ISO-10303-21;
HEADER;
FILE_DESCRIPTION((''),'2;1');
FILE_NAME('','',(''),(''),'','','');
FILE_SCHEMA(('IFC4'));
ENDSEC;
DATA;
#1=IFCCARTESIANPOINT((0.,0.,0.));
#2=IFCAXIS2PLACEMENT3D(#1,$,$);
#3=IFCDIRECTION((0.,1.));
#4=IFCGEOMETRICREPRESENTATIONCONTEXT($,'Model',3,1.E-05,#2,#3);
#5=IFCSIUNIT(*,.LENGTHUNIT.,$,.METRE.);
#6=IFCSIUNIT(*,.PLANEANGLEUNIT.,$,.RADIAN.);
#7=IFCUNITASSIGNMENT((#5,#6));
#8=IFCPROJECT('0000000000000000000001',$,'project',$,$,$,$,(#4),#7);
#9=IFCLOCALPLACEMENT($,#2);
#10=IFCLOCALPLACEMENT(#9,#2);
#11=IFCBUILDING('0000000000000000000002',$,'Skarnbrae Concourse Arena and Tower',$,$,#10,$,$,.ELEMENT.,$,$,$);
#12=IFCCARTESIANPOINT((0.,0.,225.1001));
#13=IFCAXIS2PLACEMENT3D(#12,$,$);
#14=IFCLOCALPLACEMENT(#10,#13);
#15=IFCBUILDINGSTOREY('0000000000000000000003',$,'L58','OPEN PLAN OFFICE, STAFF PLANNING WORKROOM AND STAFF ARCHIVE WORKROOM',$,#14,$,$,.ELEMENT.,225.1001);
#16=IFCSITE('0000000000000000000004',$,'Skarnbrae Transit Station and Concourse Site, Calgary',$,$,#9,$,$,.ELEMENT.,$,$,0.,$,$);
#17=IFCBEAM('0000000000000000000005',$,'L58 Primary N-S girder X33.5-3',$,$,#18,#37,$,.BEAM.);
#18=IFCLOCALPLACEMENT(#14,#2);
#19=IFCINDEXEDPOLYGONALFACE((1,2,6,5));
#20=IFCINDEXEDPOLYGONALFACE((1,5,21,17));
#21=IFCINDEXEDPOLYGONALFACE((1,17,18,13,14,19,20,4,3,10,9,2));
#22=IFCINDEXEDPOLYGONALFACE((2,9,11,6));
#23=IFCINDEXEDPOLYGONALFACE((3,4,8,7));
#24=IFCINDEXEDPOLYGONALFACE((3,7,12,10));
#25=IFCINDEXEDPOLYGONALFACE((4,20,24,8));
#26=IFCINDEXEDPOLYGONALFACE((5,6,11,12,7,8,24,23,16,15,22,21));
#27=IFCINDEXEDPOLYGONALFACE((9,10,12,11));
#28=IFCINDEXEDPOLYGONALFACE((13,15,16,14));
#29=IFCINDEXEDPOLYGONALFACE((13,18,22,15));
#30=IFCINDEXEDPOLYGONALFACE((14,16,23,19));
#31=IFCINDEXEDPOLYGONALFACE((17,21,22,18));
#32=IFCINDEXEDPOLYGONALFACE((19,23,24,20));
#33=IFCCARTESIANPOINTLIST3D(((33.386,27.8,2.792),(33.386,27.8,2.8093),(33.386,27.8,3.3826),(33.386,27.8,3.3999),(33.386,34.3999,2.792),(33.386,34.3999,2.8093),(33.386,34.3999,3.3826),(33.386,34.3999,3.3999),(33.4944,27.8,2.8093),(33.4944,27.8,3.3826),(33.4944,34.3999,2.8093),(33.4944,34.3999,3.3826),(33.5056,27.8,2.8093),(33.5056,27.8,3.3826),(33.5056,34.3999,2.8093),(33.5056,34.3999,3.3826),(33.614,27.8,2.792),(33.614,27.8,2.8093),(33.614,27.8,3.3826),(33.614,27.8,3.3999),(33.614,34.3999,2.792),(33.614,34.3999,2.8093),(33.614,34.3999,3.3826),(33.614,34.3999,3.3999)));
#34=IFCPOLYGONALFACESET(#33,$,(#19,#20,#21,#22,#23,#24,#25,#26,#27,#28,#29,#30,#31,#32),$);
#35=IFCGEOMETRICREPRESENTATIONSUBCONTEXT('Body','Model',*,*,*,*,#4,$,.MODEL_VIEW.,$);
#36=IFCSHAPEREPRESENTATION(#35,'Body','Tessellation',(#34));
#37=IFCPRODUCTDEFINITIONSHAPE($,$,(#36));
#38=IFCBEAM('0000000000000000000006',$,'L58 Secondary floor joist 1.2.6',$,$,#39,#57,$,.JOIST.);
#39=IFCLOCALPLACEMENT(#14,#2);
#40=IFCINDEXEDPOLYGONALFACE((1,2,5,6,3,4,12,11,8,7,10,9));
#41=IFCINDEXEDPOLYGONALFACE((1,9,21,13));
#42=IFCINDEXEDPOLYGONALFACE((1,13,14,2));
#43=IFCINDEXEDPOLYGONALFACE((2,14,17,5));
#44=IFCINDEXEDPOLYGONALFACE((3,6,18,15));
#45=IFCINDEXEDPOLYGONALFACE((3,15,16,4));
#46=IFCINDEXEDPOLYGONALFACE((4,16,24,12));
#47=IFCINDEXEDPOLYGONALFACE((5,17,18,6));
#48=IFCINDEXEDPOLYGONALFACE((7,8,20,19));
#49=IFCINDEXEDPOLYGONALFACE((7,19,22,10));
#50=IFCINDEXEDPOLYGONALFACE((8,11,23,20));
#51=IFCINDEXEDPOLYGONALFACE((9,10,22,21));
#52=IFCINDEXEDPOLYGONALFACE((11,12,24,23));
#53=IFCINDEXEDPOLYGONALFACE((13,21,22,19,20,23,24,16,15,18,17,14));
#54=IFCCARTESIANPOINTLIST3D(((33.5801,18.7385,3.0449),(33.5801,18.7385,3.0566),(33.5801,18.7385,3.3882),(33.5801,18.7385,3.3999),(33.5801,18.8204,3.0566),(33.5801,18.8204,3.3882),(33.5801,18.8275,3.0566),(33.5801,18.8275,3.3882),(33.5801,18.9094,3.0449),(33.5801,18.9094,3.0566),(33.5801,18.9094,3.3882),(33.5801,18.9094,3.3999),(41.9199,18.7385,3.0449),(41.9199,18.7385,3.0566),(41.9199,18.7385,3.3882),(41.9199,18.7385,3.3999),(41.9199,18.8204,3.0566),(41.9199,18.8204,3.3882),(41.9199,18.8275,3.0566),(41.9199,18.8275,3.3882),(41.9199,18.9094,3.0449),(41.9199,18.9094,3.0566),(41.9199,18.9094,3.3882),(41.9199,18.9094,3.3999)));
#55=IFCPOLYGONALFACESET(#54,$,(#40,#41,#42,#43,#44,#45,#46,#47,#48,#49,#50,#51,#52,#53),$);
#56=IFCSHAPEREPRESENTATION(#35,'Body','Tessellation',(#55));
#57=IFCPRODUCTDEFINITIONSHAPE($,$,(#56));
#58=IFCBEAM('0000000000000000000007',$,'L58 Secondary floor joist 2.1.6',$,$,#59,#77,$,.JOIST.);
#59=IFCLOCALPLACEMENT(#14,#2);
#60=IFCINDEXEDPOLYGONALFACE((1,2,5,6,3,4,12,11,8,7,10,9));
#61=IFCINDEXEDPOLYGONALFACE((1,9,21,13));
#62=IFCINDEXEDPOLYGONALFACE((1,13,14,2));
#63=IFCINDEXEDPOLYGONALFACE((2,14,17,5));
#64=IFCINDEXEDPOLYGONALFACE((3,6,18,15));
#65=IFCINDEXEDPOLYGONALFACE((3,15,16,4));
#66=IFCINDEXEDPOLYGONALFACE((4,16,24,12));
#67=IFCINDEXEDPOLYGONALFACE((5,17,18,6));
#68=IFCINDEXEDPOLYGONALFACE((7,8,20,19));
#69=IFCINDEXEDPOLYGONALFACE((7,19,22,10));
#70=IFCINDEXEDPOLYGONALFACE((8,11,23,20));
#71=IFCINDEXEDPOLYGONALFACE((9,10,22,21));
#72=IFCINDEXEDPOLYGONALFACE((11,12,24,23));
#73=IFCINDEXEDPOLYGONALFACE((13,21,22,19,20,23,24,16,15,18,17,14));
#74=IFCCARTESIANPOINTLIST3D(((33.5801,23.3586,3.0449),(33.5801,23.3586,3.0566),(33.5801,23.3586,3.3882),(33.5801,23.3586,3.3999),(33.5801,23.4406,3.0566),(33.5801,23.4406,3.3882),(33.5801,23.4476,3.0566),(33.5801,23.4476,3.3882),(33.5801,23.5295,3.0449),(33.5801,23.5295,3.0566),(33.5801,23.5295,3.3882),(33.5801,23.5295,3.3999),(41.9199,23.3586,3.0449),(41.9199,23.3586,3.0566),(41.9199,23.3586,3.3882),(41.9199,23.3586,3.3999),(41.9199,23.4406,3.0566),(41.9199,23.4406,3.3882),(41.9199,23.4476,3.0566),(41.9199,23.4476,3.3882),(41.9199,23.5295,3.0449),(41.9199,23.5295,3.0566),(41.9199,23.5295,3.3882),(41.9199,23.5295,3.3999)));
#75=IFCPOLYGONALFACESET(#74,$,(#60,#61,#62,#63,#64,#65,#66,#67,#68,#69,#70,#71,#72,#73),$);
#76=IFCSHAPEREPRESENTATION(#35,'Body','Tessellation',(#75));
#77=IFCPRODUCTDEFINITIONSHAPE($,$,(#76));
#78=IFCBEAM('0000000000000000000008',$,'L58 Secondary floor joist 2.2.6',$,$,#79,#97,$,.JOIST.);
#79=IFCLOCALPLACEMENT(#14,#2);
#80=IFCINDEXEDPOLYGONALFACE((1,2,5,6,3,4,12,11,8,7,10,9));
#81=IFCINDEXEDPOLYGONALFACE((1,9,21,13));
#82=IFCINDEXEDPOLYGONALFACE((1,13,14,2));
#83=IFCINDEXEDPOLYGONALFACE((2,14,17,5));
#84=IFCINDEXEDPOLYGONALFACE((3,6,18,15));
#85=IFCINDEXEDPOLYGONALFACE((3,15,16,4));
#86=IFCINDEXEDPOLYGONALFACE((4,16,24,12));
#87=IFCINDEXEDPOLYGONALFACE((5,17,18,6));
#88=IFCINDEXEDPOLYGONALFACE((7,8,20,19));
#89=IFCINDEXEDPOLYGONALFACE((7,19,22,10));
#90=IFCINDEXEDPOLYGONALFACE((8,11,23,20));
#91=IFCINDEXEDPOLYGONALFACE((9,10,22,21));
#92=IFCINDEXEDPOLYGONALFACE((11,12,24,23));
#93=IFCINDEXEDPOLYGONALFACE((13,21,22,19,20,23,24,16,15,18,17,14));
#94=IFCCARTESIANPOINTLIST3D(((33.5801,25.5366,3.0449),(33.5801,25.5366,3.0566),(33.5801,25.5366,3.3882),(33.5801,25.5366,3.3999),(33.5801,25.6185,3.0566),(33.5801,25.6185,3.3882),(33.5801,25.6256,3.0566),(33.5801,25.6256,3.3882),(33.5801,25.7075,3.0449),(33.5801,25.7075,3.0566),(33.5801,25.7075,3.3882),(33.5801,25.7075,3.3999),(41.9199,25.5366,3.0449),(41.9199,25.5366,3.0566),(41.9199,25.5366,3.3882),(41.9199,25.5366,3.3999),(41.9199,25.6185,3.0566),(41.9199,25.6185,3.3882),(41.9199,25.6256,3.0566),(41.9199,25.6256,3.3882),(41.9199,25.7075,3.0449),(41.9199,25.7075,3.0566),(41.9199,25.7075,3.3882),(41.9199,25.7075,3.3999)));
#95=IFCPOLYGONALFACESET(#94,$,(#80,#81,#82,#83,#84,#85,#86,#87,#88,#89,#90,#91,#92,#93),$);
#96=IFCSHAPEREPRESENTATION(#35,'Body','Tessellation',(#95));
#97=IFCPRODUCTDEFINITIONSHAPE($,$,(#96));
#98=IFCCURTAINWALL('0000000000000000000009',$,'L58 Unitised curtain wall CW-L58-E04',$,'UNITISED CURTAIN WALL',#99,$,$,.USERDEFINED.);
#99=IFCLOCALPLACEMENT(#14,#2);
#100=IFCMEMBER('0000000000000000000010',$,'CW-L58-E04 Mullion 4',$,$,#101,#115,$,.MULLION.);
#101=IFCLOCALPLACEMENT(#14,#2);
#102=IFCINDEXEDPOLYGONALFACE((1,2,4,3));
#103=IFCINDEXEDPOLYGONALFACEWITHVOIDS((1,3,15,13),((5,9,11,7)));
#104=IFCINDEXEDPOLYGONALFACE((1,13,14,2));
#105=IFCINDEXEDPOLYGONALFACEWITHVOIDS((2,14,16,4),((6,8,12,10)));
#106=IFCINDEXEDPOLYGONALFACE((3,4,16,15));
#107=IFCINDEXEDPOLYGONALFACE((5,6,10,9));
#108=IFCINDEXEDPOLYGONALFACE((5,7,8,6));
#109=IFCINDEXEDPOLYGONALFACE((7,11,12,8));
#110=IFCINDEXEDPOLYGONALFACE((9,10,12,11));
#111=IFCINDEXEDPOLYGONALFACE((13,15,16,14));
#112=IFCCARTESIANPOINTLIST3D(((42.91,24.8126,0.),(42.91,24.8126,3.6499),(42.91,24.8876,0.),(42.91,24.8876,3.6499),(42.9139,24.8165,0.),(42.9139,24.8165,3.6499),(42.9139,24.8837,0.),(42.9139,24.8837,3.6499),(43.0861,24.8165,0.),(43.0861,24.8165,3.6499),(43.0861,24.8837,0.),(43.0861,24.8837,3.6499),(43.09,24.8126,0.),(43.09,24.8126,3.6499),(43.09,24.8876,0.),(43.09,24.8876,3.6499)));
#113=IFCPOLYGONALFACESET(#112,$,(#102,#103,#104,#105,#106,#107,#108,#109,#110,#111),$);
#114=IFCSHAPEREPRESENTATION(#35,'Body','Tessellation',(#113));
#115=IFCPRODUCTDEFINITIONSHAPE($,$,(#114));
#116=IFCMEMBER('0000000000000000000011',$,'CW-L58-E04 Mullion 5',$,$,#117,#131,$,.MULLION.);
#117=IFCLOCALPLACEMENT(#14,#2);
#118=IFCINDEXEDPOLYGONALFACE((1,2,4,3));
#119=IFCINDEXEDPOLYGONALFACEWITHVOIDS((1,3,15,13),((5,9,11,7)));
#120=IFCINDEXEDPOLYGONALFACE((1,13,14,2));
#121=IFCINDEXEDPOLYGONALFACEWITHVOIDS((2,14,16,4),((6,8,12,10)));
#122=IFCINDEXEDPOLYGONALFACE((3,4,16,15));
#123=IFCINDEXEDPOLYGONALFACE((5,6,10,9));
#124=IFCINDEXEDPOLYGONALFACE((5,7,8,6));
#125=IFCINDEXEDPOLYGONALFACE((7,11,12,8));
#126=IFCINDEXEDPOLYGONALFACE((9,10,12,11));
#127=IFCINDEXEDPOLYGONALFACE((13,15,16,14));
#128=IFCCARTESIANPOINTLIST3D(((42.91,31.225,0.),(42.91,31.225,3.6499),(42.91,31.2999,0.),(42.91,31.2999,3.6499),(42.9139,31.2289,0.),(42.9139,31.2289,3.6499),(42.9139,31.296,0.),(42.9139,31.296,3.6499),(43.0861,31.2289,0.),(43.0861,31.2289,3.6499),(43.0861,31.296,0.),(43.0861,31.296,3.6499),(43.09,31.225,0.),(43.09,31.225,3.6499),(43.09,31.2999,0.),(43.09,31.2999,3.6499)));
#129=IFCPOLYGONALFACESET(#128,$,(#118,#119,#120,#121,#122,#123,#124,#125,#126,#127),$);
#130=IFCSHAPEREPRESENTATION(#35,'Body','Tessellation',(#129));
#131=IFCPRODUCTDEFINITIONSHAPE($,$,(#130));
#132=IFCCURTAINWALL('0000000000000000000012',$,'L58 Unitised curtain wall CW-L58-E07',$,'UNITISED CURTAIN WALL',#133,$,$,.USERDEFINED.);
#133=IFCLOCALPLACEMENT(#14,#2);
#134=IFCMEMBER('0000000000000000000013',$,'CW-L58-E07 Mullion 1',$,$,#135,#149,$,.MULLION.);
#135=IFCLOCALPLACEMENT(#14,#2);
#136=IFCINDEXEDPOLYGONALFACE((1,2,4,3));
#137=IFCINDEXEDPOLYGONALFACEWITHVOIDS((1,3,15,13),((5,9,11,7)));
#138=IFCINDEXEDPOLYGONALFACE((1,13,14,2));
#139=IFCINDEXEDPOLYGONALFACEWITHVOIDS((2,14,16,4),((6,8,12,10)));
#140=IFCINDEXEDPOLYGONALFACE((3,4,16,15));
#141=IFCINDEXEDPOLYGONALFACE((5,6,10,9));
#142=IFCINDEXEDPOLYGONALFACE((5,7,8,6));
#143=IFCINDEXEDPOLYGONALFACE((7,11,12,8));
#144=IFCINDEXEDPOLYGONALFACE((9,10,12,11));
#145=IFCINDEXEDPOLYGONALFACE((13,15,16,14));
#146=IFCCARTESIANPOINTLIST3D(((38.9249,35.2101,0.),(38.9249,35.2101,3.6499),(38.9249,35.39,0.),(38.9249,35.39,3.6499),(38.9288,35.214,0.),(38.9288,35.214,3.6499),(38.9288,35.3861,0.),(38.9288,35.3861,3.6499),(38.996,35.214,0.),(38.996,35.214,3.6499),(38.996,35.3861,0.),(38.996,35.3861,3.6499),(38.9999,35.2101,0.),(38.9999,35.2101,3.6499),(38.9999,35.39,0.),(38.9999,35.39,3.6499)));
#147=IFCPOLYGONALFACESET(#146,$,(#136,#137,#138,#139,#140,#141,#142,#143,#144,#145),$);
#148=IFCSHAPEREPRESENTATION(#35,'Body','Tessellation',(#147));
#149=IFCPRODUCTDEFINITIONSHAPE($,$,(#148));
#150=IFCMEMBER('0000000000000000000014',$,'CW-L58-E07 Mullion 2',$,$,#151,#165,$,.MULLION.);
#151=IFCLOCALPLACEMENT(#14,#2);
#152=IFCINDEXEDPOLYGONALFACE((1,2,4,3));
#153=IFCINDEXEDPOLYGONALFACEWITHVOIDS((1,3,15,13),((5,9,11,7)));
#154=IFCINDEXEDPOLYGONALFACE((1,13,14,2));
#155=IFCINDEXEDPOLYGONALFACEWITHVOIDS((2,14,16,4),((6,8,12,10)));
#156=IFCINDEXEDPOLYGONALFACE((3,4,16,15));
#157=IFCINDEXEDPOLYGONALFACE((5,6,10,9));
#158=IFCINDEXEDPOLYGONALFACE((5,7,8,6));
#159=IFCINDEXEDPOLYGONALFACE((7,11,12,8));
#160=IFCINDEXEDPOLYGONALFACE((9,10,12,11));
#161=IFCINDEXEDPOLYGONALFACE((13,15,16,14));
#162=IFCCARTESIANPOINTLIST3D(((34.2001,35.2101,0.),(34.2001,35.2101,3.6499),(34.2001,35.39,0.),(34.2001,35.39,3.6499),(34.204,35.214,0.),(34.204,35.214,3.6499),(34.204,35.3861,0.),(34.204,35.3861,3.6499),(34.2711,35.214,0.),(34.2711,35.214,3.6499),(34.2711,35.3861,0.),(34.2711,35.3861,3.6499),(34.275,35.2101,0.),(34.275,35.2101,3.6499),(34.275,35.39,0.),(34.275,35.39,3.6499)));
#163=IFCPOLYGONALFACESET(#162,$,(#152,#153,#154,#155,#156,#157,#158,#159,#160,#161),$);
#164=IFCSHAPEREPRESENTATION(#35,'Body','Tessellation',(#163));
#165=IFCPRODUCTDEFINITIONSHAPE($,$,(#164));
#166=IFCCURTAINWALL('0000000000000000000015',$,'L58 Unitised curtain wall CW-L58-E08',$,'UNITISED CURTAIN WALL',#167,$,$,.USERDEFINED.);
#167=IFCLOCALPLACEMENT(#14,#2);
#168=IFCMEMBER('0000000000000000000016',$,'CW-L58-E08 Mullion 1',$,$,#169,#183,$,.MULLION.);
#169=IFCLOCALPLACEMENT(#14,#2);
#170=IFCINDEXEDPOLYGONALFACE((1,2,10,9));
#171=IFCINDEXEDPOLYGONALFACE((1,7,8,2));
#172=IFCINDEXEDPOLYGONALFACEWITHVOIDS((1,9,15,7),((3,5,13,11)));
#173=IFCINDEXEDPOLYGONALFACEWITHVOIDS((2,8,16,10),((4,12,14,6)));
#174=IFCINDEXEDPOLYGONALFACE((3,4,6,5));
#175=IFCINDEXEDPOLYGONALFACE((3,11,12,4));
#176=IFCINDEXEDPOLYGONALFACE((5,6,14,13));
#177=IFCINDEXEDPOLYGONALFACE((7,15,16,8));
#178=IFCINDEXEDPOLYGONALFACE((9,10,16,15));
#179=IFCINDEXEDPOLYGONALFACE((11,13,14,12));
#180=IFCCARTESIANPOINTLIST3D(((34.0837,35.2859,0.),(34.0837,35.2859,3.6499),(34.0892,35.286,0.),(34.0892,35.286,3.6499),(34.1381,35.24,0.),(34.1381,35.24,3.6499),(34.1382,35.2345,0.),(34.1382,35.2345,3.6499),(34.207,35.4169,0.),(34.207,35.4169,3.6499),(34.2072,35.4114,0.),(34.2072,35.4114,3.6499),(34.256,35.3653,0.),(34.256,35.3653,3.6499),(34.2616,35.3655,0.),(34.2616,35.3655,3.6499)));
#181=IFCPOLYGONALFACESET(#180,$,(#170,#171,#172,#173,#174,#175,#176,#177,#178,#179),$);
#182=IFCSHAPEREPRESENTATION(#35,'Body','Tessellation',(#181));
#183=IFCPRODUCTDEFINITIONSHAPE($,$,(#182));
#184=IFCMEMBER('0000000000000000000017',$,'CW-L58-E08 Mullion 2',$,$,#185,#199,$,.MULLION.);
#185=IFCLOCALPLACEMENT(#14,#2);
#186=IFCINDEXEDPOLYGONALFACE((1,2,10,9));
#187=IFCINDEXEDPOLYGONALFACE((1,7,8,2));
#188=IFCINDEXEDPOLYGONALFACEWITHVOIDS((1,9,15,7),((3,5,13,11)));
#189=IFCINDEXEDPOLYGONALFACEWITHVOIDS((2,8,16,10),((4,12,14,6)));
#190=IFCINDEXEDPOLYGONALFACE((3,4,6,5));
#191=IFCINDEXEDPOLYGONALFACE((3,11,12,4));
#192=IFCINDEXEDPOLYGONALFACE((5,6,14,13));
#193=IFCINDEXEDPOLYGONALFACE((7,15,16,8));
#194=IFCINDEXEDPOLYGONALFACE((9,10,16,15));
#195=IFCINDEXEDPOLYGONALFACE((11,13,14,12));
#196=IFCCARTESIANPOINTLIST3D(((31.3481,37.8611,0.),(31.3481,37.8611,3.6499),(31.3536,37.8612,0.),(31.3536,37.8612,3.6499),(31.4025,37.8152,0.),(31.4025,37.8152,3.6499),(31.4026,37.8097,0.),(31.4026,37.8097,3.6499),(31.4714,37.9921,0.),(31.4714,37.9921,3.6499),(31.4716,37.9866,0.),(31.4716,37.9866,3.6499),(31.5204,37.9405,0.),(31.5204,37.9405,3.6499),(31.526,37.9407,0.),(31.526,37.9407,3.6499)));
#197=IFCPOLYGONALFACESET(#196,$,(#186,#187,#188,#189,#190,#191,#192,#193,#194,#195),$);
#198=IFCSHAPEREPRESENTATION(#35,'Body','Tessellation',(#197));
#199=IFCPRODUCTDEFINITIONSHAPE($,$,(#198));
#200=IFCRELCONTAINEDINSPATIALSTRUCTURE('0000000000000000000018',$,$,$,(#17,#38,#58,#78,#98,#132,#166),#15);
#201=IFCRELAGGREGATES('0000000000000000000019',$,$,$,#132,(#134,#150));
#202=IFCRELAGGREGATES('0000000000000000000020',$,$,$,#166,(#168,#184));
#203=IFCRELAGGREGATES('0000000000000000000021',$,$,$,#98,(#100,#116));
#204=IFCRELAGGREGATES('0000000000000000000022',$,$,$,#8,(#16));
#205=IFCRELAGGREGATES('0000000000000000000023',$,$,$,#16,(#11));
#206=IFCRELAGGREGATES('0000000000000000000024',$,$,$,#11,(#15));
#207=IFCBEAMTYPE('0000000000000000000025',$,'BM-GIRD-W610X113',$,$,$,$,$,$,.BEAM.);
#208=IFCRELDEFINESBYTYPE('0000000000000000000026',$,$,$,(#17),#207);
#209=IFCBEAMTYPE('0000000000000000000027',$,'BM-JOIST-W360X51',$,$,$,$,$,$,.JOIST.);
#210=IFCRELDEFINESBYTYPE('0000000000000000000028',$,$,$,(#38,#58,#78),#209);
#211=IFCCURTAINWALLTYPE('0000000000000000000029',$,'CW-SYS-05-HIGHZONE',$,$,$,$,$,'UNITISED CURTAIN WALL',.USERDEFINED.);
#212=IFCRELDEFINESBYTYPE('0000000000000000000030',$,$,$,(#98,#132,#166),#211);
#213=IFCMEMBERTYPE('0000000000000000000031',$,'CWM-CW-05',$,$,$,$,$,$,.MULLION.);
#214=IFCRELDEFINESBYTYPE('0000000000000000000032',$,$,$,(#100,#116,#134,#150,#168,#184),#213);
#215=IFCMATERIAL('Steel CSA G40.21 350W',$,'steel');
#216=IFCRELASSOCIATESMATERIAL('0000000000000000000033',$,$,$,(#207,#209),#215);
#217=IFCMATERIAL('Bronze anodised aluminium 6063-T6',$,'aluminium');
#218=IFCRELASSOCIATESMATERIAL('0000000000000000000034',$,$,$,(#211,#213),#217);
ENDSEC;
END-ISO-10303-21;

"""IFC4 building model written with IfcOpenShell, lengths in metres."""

from ifc_helpers import new_model, si_unit, direction, frame, origin, origin_2d, place, context, subcontext, project, spatial, hollow_rectangle, i_section, extrude, source, transform, mapped, material, material_profile, profile_set, type_object, element, aggregate, save


model = new_model("IFC4")

# Units and contexts
model_context = context("Model", 3, precision=1e-05, world=origin(), true_north=direction((0.0, 1.0)))
body_context = subcontext(model_context, "Body", "Model", "MODEL_VIEW")
ifc_project = project(units=[si_unit("LENGTHUNIT", "METRE"), si_unit("PLANEANGLEUNIT", "RADIAN")], contexts=[model_context])

# Site, building, storey
site_placement = place(None, origin())
site = spatial("IfcSite", under=ifc_project, at=site_placement, Name="Skarnbrae Transit Station and Concourse Site, Calgary", CompositionType="ELEMENT", RefElevation=0.0)
building_placement = place(site_placement, origin())
building = spatial("IfcBuilding", under=site, at=building_placement, Name="Skarnbrae Concourse Arena and Tower", CompositionType="ELEMENT")
storey_placement = place(building_placement, frame((0.0, 0.0, 225.1001)))
storey = spatial("IfcBuildingStorey", under=building, at=storey_placement, Name="L58", Description="OPEN PLAN OFFICE, STAFF PLANNING WORKROOM AND STAFF ARCHIVE WORKROOM", CompositionType="ELEMENT", Elevation=225.1001)

# Shared definitions
ifc_material_1 = material(Name="Steel CSA G40.21 350W", Category="steel")

# Beams
ifc_material_profile_1 = material_profile(ifc_material_1, i_section(OverallWidth=0.228, OverallDepth=0.6079, WebThickness=0.0112, FlangeThickness=0.0173, at=origin_2d()), Name="W610X113")
ifc_profile_set_1 = profile_set([ifc_material_profile_1], Name="Steel CSA G40.21 350W")
beam_type_1 = type_object("IfcBeamType", Name="BM-GIRD-W610X113", PredefinedType="BEAM", material=ifc_profile_set_1)
shared_shape_1 = source(origin(), body_context, "Body", "SweptSolid", [
    extrude(i_section(OverallWidth=0.228, OverallDepth=0.6079, WebThickness=0.0112, FlangeThickness=0.0173, at=origin_2d()), origin(), (0.0, 0.0, 1.0), 6.5999),
])
beam_1_placement = place(storey_placement, frame((33.5, 27.8, 3.0959), z_axis=(0.0, 1.0, 0.0), x_axis=(-1.0, 0.0, 0.0)))
element("IfcBeam", 1, at=beam_1_placement, inside=storey, type_object=beam_type_1, Name="L58 Primary N-S girder X33.5-3", PredefinedType="BEAM", context=body_context, shape_type="MappedRepresentation", body=[
    mapped(shared_shape_1, transform((0.0, 0.0, 0.0))),
])
ifc_material_profile_2 = material_profile(ifc_material_1, i_section(OverallWidth=0.1709, OverallDepth=0.355, WebThickness=0.0071, FlangeThickness=0.0117, at=origin_2d()), Name="W360X51")
ifc_profile_set_2 = profile_set([ifc_material_profile_2], Name="Steel CSA G40.21 350W")
beam_type_2 = type_object("IfcBeamType", Name="BM-JOIST-W360X51", PredefinedType="JOIST", material=ifc_profile_set_2)
shared_shape_2 = source(origin(), body_context, "Body", "SweptSolid", [
    extrude(i_section(OverallWidth=0.1709, OverallDepth=0.355, WebThickness=0.0071, FlangeThickness=0.0117, at=origin_2d()), origin(), (0.0, 0.0, 1.0), 8.3398),
])
for number, where, z_axis, x_axis, name in (
    (2, (33.5801, 18.824, 3.2224), (1.0, 0.0, 0.0), (0.0, 1.0, 0.0), "L58 Secondary floor joist 1.2.6"),
    (3, (33.5801, 23.4441, 3.2224), (1.0, 0.0, 0.0), (0.0, 1.0, 0.0), "L58 Secondary floor joist 2.1.6"),
    (4, (33.5801, 25.6221, 3.2224), (1.0, 0.0, 0.0), (0.0, 1.0, 0.0), "L58 Secondary floor joist 2.2.6"),
):
    element("IfcBeam", number, at=place(storey_placement, frame(where, z_axis=z_axis, x_axis=x_axis)), inside=storey, type_object=beam_type_2, Name=name, PredefinedType="JOIST", context=body_context, shape_type="MappedRepresentation", body=[
        mapped(shared_shape_2, transform((0.0, 0.0, 0.0))),
    ])

# Curtain walls, members
ifc_material_2 = material(Name="Bronze anodised aluminium 6063-T6", Category="aluminium")
curtain_wall_type = type_object("IfcCurtainWallType", Name="CW-SYS-05-HIGHZONE", ElementType="UNITISED CURTAIN WALL", PredefinedType="USERDEFINED", material=ifc_material_2)
curtain_wall_1_placement = place(storey_placement, origin())
curtain_wall_1 = element("IfcCurtainWall", 5, at=curtain_wall_1_placement, inside=storey, type_object=curtain_wall_type, Name="L58 Unitised curtain wall CW-L58-E04", ObjectType="UNITISED CURTAIN WALL", PredefinedType="USERDEFINED")
ifc_material_profile_3 = material_profile(ifc_material_2, hollow_rectangle(XDim=0.075, YDim=0.1799, WallThickness=0.0039, at=origin_2d()), Name="ALU-MULL-75X180")
ifc_profile_set_3 = profile_set([ifc_material_profile_3], Name="Bronze anodised aluminium 6063-T6")
member_type_1 = type_object("IfcMemberType", Name="CWM-CW-05", PredefinedType="MULLION", material=ifc_profile_set_3)
shared_shape_3 = source(origin(), body_context, "Body", "SweptSolid", [
    extrude(hollow_rectangle(XDim=0.075, YDim=0.1799, WallThickness=0.0039, at=origin_2d()), origin(), (0.0, 0.0, 1.0), 3.6499),
])
member_1_placement = place(storey_placement, frame((43.0, 24.8501, 0.0), z_axis=(0.0, 0.0, 1.0), x_axis=(0.0, 1.0, 0.0)))
member_1 = element("IfcMember", 6, at=member_1_placement, type_object=member_type_1, Name="CW-L58-E04 Mullion 4", PredefinedType="MULLION", context=body_context, shape_type="MappedRepresentation", body=[
    mapped(shared_shape_3, transform((0.0, 0.0, 0.0))),
])
member_2_placement = place(storey_placement, frame((43.0, 31.2625, 0.0), z_axis=(0.0, 0.0, 1.0), x_axis=(0.0, 1.0, 0.0)))
member_2 = element("IfcMember", 7, at=member_2_placement, type_object=member_type_1, Name="CW-L58-E04 Mullion 5", PredefinedType="MULLION", context=body_context, shape_type="MappedRepresentation", body=[
    mapped(shared_shape_3, transform((0.0, 0.0, 0.0))),
])
curtain_wall_2_placement = place(storey_placement, origin())
curtain_wall_2 = element("IfcCurtainWall", 8, at=curtain_wall_2_placement, inside=storey, type_object=curtain_wall_type, Name="L58 Unitised curtain wall CW-L58-E07", ObjectType="UNITISED CURTAIN WALL", PredefinedType="USERDEFINED")
member_3_placement = place(storey_placement, frame((38.9624, 35.3, 0.0), z_axis=(0.0, 0.0, 1.0), x_axis=(-1.0, 0.0, 0.0)))
member_3 = element("IfcMember", 9, at=member_3_placement, type_object=member_type_1, Name="CW-L58-E07 Mullion 1", PredefinedType="MULLION", context=body_context, shape_type="MappedRepresentation", body=[
    mapped(shared_shape_3, transform((0.0, 0.0, 0.0))),
])
member_4_placement = place(storey_placement, frame((34.2375, 35.3, 0.0), z_axis=(0.0, 0.0, 1.0), x_axis=(-1.0, 0.0, 0.0)))
member_4 = element("IfcMember", 10, at=member_4_placement, type_object=member_type_1, Name="CW-L58-E07 Mullion 2", PredefinedType="MULLION", context=body_context, shape_type="MappedRepresentation", body=[
    mapped(shared_shape_3, transform((0.0, 0.0, 0.0))),
])
curtain_wall_3_placement = place(storey_placement, origin())
curtain_wall_3 = element("IfcCurtainWall", 11, at=curtain_wall_3_placement, inside=storey, type_object=curtain_wall_type, Name="L58 Unitised curtain wall CW-L58-E08", ObjectType="UNITISED CURTAIN WALL", PredefinedType="USERDEFINED")
member_5_placement = place(storey_placement, frame((34.1726, 35.3257, 0.0), z_axis=(0.0, 0.0, 1.0), x_axis=(-0.728131, 0.685438, 0.0)))
member_5 = element("IfcMember", 12, at=member_5_placement, type_object=member_type_1, Name="CW-L58-E08 Mullion 1", PredefinedType="MULLION", context=body_context, shape_type="MappedRepresentation", body=[
    mapped(shared_shape_3, transform((0.0, 0.0, 0.0))),
])
member_6_placement = place(storey_placement, frame((31.437, 37.9009, 0.0), z_axis=(0.0, 0.0, 1.0), x_axis=(-0.728131, 0.685438, 0.0)))
member_6 = element("IfcMember", 13, at=member_6_placement, type_object=member_type_1, Name="CW-L58-E08 Mullion 2", PredefinedType="MULLION", context=body_context, shape_type="MappedRepresentation", body=[
    mapped(shared_shape_3, transform((0.0, 0.0, 0.0))),
])

aggregate(curtain_wall_2, [member_3, member_4])
aggregate(curtain_wall_3, [member_5, member_6])
aggregate(curtain_wall_1, [member_1, member_2])

save(model, "model.ifc")
